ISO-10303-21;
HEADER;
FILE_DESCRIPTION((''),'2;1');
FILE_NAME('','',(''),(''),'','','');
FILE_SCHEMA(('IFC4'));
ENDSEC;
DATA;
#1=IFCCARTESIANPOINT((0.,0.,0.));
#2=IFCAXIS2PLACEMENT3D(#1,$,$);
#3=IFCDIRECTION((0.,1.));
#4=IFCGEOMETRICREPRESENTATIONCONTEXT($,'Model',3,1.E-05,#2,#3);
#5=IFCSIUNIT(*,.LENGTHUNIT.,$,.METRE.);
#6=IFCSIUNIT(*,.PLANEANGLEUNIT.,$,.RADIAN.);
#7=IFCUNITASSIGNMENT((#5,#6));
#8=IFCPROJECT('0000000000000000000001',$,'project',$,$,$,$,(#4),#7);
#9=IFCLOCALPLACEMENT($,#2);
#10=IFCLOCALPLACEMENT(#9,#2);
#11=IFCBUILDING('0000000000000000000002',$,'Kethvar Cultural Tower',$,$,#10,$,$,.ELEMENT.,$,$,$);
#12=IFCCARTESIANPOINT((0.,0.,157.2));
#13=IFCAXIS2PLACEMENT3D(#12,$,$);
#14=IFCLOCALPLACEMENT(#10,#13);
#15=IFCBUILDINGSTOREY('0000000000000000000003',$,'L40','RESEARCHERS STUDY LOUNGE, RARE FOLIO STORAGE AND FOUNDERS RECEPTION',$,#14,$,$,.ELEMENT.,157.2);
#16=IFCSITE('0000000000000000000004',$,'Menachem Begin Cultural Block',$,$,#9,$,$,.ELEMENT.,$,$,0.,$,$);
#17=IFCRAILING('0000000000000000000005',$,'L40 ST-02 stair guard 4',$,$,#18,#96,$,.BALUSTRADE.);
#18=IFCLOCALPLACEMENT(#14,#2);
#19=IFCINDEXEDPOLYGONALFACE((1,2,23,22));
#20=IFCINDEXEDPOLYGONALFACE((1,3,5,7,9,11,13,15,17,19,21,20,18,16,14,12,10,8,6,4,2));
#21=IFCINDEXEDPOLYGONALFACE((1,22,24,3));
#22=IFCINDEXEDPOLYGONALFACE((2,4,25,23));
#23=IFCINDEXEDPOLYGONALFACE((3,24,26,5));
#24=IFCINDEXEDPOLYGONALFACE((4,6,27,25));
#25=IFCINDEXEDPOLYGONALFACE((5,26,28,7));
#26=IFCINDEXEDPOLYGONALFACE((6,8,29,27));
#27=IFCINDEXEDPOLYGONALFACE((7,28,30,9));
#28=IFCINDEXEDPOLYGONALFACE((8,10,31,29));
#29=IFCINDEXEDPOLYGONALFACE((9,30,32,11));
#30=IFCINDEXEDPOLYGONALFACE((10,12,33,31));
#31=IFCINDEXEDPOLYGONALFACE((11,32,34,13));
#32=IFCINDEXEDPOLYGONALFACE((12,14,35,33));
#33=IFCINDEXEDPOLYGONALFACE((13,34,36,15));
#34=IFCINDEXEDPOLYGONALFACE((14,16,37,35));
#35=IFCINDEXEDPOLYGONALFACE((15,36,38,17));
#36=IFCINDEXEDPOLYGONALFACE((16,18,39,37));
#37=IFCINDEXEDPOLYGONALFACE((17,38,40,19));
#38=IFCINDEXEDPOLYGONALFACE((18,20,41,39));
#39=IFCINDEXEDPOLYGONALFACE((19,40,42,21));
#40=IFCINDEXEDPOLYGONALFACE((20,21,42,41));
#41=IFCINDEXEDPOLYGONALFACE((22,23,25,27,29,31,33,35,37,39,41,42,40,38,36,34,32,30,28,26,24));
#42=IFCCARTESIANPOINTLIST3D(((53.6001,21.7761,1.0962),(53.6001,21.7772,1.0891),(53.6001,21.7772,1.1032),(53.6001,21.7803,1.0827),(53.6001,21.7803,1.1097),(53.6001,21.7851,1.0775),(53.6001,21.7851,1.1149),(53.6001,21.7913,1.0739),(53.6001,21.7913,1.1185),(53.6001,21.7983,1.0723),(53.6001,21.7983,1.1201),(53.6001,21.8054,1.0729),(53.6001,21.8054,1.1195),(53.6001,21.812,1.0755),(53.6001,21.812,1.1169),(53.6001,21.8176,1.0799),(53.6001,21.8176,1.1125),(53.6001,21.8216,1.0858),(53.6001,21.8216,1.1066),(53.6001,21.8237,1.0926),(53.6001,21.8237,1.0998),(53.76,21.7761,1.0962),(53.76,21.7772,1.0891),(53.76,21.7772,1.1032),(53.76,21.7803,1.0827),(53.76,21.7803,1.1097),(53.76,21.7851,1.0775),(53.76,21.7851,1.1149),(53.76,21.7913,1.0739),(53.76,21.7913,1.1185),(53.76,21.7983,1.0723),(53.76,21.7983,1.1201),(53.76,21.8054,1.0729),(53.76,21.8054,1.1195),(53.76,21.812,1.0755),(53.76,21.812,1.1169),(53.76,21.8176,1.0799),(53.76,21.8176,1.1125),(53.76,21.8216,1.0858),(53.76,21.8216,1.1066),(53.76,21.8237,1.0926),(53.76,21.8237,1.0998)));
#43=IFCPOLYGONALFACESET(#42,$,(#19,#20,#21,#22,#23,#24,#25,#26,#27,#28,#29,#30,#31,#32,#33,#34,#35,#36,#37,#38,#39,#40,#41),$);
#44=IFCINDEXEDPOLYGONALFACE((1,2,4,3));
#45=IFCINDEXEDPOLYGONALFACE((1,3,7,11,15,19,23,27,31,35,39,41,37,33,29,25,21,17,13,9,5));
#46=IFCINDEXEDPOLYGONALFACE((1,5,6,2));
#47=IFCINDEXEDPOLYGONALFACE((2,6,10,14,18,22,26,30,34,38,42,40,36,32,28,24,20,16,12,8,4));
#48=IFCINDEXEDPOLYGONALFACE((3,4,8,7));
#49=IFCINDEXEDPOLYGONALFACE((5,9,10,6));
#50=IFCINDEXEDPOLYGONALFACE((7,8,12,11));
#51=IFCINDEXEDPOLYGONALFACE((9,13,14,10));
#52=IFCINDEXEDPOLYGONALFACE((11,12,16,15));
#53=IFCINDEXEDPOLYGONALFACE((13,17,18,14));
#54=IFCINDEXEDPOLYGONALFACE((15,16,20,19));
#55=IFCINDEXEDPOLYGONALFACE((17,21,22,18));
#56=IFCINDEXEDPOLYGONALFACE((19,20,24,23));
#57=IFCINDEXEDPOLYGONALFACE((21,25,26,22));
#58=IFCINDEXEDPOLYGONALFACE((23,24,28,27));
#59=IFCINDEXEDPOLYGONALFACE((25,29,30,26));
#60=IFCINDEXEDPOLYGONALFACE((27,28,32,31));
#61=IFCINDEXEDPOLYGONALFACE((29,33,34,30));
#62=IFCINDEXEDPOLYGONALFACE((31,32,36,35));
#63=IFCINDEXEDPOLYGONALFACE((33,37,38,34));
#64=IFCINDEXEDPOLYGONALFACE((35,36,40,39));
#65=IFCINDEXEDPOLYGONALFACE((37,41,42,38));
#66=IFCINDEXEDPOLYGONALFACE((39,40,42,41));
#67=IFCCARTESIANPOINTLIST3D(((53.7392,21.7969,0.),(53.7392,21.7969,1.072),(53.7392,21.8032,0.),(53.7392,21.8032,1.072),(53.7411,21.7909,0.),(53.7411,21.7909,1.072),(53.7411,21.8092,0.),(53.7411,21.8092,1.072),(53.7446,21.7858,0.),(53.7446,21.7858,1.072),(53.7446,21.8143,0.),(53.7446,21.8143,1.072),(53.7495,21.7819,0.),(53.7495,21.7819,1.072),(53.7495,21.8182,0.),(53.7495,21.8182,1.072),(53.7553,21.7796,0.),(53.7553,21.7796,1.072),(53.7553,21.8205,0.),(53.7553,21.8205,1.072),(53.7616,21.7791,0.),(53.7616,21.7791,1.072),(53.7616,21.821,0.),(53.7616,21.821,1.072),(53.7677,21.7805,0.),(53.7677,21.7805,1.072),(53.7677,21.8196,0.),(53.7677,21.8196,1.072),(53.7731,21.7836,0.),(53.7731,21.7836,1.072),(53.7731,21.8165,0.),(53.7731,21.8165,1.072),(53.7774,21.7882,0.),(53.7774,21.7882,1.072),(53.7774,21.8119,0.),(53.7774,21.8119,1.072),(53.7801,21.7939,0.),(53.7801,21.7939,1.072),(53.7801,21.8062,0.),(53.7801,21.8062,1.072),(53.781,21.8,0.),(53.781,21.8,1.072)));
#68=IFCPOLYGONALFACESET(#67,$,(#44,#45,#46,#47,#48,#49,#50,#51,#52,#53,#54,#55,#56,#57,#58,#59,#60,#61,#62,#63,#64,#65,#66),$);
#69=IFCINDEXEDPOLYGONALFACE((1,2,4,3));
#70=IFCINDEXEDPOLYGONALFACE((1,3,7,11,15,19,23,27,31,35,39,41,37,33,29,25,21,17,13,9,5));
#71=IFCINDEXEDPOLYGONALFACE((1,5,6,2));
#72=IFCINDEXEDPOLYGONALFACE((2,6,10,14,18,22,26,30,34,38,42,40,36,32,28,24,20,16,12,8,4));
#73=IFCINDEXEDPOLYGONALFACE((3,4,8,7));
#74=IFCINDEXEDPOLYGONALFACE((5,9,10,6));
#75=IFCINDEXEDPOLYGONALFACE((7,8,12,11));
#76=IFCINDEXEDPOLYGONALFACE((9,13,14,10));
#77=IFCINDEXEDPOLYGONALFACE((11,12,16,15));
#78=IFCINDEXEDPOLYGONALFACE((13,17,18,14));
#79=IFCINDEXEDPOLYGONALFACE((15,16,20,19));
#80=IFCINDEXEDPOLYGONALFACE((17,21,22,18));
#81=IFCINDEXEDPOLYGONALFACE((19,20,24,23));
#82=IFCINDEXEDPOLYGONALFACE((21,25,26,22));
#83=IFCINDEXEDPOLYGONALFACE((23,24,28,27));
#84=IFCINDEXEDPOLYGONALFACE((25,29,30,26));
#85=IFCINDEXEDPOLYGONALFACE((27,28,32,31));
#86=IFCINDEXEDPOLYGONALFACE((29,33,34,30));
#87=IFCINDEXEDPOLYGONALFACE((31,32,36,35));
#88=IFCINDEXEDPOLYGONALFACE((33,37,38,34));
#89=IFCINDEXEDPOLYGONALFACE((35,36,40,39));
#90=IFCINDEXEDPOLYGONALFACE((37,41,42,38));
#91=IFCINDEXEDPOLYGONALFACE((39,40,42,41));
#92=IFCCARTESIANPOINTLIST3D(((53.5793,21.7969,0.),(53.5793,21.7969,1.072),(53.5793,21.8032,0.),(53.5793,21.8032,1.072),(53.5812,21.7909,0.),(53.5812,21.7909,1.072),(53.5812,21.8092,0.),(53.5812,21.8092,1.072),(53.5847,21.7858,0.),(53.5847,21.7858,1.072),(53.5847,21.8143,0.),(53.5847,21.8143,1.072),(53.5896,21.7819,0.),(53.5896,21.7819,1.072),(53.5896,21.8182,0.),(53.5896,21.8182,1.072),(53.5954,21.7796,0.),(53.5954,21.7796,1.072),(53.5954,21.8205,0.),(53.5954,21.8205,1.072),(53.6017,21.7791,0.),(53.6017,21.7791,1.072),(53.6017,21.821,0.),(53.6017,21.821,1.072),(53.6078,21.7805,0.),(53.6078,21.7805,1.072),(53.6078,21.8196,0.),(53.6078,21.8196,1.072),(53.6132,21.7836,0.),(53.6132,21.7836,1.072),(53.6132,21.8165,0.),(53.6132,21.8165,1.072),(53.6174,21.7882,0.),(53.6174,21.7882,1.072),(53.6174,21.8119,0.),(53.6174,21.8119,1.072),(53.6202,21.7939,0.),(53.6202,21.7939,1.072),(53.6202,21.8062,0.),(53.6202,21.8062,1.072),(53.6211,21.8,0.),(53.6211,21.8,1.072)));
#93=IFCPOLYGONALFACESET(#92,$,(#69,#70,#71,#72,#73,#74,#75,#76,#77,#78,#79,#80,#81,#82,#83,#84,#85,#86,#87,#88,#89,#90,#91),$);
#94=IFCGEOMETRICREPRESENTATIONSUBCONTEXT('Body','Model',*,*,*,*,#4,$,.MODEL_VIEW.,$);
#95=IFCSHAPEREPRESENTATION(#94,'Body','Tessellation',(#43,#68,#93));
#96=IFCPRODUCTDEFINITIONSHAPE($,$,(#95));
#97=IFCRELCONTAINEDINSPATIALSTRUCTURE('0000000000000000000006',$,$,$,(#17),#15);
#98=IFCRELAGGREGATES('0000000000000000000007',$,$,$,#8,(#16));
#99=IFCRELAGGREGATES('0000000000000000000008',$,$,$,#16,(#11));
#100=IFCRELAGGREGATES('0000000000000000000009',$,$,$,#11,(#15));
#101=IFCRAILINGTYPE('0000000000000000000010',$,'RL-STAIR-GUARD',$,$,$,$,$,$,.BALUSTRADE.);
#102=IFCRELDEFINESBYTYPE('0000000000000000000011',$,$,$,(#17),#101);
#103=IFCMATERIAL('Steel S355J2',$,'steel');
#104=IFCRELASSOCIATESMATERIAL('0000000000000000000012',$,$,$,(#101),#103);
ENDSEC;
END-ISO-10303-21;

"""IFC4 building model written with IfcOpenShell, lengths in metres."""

from ifc_helpers import new_model, si_unit, direction, frame, origin, origin_2d, place, context, subcontext, project, spatial, circle, extrude, material, type_object, element, save


model = new_model("IFC4")

# Units and contexts
model_context = context("Model", 3, precision=1e-05, world=origin(), true_north=direction((0.0, 1.0)))
body_context = subcontext(model_context, "Body", "Model", "MODEL_VIEW")
ifc_project = project(units=[si_unit("LENGTHUNIT", "METRE"), si_unit("PLANEANGLEUNIT", "RADIAN")], contexts=[model_context])

# Site, building, storey
site_placement = place(None, origin())
site = spatial("IfcSite", under=ifc_project, at=site_placement, Name="Menachem Begin Cultural Block", CompositionType="ELEMENT", RefElevation=0.0)
building_placement = place(site_placement, origin())
building = spatial("IfcBuilding", under=site, at=building_placement, Name="Kethvar Cultural Tower", CompositionType="ELEMENT")
storey_placement = place(building_placement, frame((0.0, 0.0, 157.2)))
storey = spatial("IfcBuildingStorey", under=building, at=storey_placement, Name="L40", Description="RESEARCHERS STUDY LOUNGE, RARE FOLIO STORAGE AND FOUNDERS RECEPTION", CompositionType="ELEMENT", Elevation=157.2)

# Shared definitions
ifc_material_1 = material(Name="Steel S355J2", Category="steel")

# Railing
railing_type_1 = type_object("IfcRailingType", Name="RL-STAIR-GUARD", PredefinedType="BALUSTRADE", material=ifc_material_1)
railing_1_placement = place(storey_placement, frame((53.76, 21.8, 0.0)))
element("IfcRailing", 1, at=railing_1_placement, inside=storey, type_object=railing_type_1, Name="L40 ST-02 stair guard 4", PredefinedType="BALUSTRADE", context=body_context, shape_type="SweptSolid", body=[
    extrude(circle(Radius=0.0239, at=origin_2d()), frame((0.0, 0.0, 1.0962), z_axis=(-1.0, 0.0, 0.0), x_axis=(0.0, -1.0, 0.0)), (0.0, 0.0, 1.0), 0.1599),
    extrude(circle(Radius=0.021, at=origin_2d()), origin(), (0.0, 0.0, 1.0), 1.072),
    extrude(circle(Radius=0.021, at=origin_2d()), frame((-0.1599, 0.0, 0.0)), (0.0, 0.0, 1.0), 1.072),
])

save(model, "model.ifc")
